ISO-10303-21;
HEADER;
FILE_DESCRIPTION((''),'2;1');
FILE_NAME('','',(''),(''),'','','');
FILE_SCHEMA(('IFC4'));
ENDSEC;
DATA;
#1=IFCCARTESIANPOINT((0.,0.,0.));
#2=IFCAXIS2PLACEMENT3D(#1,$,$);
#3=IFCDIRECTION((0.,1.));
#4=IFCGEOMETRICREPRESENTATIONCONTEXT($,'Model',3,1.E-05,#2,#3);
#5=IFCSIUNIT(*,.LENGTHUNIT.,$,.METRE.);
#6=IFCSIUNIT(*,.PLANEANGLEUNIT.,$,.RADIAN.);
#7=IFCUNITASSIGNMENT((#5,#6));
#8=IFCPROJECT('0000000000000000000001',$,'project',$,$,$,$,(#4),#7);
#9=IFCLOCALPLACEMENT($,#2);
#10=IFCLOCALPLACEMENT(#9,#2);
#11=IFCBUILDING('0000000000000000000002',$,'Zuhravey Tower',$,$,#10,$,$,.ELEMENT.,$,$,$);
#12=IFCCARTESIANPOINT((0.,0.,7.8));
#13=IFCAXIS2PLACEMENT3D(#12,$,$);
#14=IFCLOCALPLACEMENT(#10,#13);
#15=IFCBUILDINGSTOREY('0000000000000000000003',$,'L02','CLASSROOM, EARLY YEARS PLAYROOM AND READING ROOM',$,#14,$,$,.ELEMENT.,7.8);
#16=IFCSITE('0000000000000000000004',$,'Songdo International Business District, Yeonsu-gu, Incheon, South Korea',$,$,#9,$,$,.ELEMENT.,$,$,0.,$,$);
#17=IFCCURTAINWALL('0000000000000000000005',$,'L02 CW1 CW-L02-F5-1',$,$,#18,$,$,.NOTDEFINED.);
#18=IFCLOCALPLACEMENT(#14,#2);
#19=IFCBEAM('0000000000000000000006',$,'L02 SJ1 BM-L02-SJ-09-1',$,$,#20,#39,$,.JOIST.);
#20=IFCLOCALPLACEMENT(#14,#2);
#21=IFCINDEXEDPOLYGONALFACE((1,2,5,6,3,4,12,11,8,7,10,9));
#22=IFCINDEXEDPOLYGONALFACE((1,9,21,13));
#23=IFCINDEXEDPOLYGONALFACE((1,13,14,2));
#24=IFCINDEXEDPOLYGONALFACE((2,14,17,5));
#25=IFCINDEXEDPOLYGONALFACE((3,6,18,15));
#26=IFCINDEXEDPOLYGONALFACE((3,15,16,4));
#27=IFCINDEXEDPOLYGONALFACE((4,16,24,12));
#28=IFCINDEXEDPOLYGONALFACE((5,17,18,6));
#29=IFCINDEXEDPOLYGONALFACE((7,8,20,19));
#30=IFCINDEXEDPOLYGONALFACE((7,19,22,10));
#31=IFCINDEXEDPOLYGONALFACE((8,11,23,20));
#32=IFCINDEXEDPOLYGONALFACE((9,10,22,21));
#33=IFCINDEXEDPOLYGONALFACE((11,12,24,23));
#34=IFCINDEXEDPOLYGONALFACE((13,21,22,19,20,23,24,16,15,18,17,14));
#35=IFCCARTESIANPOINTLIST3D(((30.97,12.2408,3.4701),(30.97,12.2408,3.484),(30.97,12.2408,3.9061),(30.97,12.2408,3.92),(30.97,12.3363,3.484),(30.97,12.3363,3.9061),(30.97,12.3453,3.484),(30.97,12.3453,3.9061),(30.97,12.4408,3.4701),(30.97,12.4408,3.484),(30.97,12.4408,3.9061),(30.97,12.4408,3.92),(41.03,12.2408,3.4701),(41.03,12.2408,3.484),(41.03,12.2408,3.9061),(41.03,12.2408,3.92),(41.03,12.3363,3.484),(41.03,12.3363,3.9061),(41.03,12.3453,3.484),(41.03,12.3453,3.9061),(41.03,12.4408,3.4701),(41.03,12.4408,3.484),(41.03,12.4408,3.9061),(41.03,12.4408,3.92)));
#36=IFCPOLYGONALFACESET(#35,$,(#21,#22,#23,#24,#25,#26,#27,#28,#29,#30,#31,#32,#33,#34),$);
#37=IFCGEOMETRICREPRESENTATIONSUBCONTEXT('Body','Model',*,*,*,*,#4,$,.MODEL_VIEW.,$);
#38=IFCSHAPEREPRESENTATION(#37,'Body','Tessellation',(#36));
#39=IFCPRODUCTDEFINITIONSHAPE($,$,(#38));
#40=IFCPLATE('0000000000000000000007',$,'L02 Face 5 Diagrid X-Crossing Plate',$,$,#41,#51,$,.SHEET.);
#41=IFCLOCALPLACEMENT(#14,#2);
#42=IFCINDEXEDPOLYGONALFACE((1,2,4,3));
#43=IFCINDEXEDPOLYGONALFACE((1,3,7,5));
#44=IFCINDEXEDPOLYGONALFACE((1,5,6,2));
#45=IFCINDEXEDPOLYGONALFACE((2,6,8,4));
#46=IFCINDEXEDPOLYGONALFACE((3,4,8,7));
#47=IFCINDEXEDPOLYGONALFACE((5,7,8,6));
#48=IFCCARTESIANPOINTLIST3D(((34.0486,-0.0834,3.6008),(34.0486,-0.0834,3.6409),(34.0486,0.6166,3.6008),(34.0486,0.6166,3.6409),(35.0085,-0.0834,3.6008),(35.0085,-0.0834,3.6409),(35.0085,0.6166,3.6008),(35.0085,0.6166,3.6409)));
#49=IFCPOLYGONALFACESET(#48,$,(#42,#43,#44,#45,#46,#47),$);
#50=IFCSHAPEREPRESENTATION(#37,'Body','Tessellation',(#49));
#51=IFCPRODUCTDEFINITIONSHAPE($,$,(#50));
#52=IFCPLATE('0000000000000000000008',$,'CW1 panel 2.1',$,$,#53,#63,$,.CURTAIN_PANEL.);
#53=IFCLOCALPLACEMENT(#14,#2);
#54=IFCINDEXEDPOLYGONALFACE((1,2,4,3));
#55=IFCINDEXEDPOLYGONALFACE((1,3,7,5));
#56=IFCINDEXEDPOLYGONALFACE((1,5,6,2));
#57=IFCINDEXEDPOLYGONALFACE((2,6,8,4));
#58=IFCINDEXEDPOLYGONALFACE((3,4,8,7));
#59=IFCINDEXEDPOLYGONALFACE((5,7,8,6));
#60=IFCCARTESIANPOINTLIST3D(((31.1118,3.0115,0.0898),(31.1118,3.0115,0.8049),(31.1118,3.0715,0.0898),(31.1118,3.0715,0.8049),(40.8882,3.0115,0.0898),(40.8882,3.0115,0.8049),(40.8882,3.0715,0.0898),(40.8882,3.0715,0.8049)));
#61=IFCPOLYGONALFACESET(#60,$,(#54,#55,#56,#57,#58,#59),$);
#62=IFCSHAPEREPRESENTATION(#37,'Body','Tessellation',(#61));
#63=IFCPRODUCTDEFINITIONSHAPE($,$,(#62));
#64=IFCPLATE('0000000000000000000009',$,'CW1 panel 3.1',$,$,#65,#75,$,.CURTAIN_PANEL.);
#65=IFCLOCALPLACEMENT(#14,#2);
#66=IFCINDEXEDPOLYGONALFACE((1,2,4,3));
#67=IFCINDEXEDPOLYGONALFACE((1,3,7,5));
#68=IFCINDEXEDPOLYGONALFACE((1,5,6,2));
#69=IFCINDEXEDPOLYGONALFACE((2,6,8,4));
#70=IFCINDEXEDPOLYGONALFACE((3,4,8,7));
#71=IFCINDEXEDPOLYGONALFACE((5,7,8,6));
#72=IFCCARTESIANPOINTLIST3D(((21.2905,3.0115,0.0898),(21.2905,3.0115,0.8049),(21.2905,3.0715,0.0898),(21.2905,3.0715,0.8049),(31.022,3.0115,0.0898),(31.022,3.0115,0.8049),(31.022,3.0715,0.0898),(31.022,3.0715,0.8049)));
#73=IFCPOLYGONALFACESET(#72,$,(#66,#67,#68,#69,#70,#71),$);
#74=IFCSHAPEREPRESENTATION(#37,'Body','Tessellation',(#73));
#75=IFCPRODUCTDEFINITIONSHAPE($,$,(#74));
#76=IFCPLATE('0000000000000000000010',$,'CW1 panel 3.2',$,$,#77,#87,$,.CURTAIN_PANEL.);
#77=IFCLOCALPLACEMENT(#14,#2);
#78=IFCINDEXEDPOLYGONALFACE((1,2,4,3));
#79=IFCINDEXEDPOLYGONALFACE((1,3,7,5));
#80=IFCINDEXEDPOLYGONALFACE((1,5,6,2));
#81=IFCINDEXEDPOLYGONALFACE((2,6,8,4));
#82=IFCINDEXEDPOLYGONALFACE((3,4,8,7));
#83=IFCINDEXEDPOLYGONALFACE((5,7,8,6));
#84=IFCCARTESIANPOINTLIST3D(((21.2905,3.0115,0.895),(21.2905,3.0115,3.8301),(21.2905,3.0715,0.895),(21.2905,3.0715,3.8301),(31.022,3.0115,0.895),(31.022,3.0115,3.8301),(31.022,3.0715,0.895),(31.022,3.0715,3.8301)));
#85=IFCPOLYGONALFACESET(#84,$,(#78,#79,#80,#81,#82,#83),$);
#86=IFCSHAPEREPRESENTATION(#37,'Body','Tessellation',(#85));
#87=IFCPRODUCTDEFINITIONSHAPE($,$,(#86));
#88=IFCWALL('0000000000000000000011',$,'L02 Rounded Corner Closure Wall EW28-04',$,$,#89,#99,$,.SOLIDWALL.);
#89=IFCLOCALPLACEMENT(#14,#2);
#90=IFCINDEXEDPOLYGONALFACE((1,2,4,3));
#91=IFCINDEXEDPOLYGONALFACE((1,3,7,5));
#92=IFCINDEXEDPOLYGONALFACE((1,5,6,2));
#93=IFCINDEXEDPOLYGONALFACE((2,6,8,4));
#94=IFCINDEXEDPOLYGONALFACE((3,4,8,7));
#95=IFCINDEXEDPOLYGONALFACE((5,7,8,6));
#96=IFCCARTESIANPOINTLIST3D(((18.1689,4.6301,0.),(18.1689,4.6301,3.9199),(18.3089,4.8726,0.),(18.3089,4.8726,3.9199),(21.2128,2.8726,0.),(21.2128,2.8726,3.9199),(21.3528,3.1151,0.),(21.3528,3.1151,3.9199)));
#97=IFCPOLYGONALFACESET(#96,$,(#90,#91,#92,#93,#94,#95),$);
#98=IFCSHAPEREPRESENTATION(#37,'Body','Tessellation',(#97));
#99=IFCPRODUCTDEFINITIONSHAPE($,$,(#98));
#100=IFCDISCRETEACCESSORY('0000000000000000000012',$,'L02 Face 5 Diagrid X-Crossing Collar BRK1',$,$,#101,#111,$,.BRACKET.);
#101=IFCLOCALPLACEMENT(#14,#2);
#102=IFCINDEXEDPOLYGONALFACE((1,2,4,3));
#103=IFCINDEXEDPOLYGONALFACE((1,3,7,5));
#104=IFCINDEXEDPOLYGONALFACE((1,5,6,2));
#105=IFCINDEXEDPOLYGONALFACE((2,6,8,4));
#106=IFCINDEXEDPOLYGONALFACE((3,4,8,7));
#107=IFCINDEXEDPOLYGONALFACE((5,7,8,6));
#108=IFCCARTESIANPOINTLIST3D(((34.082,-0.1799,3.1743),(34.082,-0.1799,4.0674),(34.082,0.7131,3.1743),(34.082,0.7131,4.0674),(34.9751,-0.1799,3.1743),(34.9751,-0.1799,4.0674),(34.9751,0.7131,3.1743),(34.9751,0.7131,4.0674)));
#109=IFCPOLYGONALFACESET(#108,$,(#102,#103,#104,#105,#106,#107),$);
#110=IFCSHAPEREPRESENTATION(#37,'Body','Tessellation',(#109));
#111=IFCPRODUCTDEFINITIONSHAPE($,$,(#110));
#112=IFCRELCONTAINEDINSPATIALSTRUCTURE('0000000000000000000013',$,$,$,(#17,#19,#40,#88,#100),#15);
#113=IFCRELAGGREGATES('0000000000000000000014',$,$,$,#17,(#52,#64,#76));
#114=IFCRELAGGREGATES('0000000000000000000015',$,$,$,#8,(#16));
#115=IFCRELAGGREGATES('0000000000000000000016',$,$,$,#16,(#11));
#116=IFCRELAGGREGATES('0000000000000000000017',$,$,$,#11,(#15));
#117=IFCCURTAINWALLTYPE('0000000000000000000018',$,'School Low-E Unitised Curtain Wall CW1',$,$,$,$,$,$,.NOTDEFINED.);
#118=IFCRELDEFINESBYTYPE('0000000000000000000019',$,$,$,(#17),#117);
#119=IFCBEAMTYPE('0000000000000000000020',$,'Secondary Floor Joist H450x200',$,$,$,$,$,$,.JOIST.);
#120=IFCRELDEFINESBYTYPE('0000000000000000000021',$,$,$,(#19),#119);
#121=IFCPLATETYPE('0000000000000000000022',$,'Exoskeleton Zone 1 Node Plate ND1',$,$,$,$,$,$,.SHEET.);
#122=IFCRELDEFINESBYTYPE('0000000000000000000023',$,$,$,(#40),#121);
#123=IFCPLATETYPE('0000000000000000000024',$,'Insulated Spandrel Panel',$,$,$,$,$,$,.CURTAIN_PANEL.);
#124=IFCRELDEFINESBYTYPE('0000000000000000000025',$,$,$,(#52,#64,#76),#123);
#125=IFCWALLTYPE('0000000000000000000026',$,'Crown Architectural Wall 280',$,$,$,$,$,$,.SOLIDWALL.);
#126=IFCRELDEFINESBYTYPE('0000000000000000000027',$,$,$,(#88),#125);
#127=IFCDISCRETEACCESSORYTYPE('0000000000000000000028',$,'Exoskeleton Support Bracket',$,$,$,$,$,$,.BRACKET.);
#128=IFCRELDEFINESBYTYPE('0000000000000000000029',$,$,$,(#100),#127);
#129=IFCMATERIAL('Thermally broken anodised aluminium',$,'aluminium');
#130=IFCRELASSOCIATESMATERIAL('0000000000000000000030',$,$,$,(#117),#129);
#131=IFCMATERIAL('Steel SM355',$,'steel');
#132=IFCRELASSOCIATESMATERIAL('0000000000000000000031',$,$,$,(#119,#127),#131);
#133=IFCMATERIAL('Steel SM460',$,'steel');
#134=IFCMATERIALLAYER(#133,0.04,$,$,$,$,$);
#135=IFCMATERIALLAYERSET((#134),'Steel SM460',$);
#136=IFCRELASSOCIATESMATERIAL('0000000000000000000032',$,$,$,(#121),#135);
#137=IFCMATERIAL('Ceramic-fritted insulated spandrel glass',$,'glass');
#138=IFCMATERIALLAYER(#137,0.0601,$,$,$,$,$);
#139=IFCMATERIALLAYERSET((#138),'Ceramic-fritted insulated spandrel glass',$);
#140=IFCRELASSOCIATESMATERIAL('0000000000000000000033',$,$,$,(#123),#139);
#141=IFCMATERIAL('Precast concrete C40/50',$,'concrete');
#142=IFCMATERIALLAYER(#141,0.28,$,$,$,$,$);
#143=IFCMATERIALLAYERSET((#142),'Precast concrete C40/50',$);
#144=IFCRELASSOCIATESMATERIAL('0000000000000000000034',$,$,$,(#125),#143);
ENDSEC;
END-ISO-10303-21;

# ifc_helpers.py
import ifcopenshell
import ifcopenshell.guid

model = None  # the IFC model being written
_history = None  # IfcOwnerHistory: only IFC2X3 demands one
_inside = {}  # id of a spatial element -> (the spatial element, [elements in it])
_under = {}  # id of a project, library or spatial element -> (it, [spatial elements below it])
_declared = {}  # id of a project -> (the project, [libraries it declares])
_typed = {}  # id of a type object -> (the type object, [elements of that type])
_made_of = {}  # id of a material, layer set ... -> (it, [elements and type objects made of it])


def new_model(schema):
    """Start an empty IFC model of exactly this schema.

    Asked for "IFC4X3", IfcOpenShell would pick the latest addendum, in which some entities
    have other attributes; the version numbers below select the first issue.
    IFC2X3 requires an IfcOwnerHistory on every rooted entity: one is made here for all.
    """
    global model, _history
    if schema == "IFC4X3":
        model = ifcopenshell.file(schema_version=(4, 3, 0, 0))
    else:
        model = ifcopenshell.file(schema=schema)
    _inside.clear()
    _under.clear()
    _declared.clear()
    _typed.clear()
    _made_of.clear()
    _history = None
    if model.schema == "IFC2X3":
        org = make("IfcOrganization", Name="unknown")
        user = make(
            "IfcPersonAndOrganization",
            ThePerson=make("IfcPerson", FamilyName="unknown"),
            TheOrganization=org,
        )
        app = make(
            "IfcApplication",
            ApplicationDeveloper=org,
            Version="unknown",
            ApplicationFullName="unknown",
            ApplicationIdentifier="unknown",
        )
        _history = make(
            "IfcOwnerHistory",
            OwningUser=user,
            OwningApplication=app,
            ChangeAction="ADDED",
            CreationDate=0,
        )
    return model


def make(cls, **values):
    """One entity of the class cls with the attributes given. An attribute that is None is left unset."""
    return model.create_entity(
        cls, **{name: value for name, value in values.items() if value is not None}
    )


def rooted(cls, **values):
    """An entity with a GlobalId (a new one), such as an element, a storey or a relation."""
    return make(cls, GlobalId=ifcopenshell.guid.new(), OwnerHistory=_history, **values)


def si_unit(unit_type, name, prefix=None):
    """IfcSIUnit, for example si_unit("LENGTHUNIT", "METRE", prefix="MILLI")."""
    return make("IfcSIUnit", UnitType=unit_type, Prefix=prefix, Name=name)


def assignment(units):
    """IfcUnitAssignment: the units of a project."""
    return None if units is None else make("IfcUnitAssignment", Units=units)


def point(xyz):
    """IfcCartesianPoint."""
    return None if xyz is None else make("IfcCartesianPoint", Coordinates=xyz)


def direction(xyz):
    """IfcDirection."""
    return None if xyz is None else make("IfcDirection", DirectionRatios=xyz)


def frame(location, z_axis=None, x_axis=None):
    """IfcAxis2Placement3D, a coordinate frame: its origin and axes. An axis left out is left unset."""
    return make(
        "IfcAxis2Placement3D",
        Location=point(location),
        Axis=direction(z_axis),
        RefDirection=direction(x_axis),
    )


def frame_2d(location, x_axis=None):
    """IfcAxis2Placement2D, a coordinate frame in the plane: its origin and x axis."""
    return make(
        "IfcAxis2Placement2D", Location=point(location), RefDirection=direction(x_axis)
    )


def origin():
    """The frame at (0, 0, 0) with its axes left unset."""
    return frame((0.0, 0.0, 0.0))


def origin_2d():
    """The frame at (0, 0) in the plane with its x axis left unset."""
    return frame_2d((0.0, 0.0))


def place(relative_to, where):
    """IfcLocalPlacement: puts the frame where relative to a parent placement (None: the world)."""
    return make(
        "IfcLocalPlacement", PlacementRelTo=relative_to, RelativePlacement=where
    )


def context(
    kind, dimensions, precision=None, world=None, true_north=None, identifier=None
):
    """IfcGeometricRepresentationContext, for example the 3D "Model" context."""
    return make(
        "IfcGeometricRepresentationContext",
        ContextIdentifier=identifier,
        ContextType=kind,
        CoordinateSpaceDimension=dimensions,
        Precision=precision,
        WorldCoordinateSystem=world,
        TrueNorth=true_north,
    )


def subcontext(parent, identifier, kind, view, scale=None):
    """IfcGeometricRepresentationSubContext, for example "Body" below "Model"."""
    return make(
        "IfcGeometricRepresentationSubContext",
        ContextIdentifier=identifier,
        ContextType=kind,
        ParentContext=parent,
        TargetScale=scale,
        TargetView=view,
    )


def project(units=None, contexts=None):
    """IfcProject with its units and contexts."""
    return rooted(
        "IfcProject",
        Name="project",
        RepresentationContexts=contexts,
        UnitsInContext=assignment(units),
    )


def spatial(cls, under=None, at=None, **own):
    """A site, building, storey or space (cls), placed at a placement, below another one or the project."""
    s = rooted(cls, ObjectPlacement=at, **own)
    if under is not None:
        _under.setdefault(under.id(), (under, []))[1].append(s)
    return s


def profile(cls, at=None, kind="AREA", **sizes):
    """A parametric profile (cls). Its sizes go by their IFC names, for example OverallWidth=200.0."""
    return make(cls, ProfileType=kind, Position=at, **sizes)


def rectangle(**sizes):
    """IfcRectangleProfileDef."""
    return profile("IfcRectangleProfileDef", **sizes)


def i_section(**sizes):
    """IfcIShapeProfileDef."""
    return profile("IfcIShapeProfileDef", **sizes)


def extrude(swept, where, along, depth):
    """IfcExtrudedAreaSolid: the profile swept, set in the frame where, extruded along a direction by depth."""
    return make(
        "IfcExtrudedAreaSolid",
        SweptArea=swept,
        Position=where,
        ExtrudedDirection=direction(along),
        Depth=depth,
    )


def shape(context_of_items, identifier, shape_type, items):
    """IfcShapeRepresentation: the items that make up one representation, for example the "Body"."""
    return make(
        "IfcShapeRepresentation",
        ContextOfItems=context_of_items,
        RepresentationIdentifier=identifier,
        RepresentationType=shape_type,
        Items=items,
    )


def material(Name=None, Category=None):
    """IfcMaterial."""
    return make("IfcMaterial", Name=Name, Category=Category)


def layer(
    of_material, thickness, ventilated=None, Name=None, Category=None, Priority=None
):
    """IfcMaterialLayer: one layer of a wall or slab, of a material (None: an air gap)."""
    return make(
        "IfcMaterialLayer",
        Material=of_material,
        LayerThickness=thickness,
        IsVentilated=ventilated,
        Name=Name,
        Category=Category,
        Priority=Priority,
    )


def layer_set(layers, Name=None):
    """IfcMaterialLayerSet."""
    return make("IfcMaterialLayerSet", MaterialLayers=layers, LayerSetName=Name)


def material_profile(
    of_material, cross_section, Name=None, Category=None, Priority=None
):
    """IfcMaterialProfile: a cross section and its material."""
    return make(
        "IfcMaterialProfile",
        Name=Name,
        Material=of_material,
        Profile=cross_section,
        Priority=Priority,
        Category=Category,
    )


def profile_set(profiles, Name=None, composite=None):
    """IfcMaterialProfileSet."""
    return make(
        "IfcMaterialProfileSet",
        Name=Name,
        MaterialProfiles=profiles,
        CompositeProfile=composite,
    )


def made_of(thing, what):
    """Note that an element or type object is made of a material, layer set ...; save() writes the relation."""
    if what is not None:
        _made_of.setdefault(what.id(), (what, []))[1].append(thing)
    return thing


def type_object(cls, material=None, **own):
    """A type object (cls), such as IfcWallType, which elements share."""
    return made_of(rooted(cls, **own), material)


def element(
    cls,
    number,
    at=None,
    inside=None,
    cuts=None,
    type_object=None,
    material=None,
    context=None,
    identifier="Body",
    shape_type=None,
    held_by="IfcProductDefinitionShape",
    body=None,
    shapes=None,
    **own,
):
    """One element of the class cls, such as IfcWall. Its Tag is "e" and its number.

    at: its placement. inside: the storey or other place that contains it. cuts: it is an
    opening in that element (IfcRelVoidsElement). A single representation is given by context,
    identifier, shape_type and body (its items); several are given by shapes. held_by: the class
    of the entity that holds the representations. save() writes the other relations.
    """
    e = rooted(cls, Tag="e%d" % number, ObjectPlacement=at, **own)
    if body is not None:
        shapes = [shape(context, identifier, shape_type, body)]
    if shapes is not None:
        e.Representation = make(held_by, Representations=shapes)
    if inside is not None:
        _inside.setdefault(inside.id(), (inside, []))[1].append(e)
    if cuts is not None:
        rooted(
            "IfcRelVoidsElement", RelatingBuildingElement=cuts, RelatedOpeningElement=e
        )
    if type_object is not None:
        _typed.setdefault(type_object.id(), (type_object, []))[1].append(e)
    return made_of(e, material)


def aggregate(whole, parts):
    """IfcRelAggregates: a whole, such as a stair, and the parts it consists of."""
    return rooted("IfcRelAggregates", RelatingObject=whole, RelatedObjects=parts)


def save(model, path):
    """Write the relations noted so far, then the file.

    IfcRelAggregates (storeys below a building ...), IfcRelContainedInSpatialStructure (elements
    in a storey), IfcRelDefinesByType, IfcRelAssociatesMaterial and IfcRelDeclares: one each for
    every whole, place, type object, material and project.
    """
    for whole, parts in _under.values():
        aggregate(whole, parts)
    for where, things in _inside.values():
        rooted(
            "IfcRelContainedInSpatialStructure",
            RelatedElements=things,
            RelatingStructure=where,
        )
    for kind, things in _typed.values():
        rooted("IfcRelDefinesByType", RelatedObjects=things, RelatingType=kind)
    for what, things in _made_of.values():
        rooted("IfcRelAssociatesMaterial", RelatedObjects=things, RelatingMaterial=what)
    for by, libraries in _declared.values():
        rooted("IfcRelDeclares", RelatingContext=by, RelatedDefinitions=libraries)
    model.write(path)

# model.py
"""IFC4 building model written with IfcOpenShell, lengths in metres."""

from ifc_helpers import new_model, si_unit, direction, frame, frame_2d, origin, origin_2d, place, context, subcontext, project, spatial, rectangle, i_section, extrude, material, layer, layer_set, material_profile, profile_set, type_object, element, aggregate, save


model = new_model("IFC4")

# Units and contexts
model_context = context("Model", 3, precision=1e-05, world=origin(), true_north=direction((0.0, 1.0)))
body_context = subcontext(model_context, "Body", "Model", "MODEL_VIEW")
ifc_project = project(units=[si_unit("LENGTHUNIT", "METRE"), si_unit("PLANEANGLEUNIT", "RADIAN")], contexts=[model_context])

# Site, building, storey
site_placement = place(None, origin())
site = spatial("IfcSite", under=ifc_project, at=site_placement, Name="Songdo International Business District, Yeonsu-gu, Incheon, South Korea", CompositionType="ELEMENT", RefElevation=0.0)
building_placement = place(site_placement, origin())
building = spatial("IfcBuilding", under=site, at=building_placement, Name="Zuhravey Tower", CompositionType="ELEMENT")
storey_placement = place(building_placement, frame((0.0, 0.0, 7.8)))
storey = spatial("IfcBuildingStorey", under=building, at=storey_placement, Name="L02", Description="CLASSROOM, EARLY YEARS PLAYROOM AND READING ROOM", CompositionType="ELEMENT", Elevation=7.8)

# Curtain wall
ifc_material_1 = material(Name="Thermally broken anodised aluminium", Category="aluminium")
curtain_wall_type = type_object("IfcCurtainWallType", Name="School Low-E Unitised Curtain Wall CW1", PredefinedType="NOTDEFINED", material=ifc_material_1)
curtain_wall_1_placement = place(storey_placement, origin())
curtain_wall_1 = element("IfcCurtainWall", 1, at=curtain_wall_1_placement, inside=storey, type_object=curtain_wall_type, Name="L02 CW1 CW-L02-F5-1", PredefinedType="NOTDEFINED")

# Shared definitions
ifc_material_2 = material(Name="Steel SM355", Category="steel")
ifc_material_3 = material(Name="Steel SM460", Category="steel")

# Beam
ifc_material_profile_1 = material_profile(ifc_material_2, i_section(OverallWidth=0.2, OverallDepth=0.45, WebThickness=0.009, FlangeThickness=0.0139, at=origin_2d()), Name="H-450x200x9x14")
ifc_profile_set_1 = profile_set([ifc_material_profile_1], Name="Steel SM355")
beam_type_1 = type_object("IfcBeamType", Name="Secondary Floor Joist H450x200", PredefinedType="JOIST", material=ifc_profile_set_1)
beam_1_placement = place(storey_placement, frame((30.97, 12.3408, 3.6951), z_axis=(1.0, 0.0, 0.0), x_axis=(0.0, 1.0, 0.0)))
element("IfcBeam", 2, at=beam_1_placement, inside=storey, type_object=beam_type_1, Name="L02 SJ1 BM-L02-SJ-09-1", PredefinedType="JOIST", context=body_context, shape_type="SweptSolid", body=[
    extrude(i_section(OverallWidth=0.2, OverallDepth=0.45, WebThickness=0.009, FlangeThickness=0.0139, at=origin_2d()), origin(), (0.0, 0.0, 1.0), 10.0601),
])

# Plates
ifc_layer_1 = layer(ifc_material_3, 0.04)
ifc_layer_set_1 = layer_set([ifc_layer_1], Name="Steel SM460")
plate_type_1 = type_object("IfcPlateType", Name="Exoskeleton Zone 1 Node Plate ND1", PredefinedType="SHEET", material=ifc_layer_set_1)
plate_1_placement = place(storey_placement, frame((34.5286, 0.2666, 3.6008), z_axis=(0.0, 0.0, 1.0), x_axis=(1.0, 0.0, 0.0)))
element("IfcPlate", 3, at=plate_1_placement, inside=storey, type_object=plate_type_1, Name="L02 Face 5 Diagrid X-Crossing Plate", PredefinedType="SHEET", context=body_context, shape_type="SweptSolid", body=[
    extrude(rectangle(XDim=0.96, YDim=0.7, at=origin_2d()), origin(), (0.0, 0.0, 1.0), 0.04),
])
ifc_material_4 = material(Name="Ceramic-fritted insulated spandrel glass", Category="glass")
ifc_layer_2 = layer(ifc_material_4, 0.0601)
ifc_layer_set_2 = layer_set([ifc_layer_2], Name="Ceramic-fritted insulated spandrel glass")
plate_type_2 = type_object("IfcPlateType", Name="Insulated Spandrel Panel", PredefinedType="CURTAIN_PANEL", material=ifc_layer_set_2)
plate_2_placement = place(storey_placement, frame((36.0, 3.0415, 0.0898), z_axis=(0.0, 0.0, 1.0), x_axis=(-1.0, 0.0, 0.0)))
plate_2 = element("IfcPlate", 4, at=plate_2_placement, type_object=plate_type_2, Name="CW1 panel 2.1", PredefinedType="CURTAIN_PANEL", context=body_context, shape_type="SweptSolid", body=[
    extrude(rectangle(XDim=9.7764, YDim=0.0601, at=origin_2d()), origin(), (0.0, 0.0, 1.0), 0.7151),
])
plate_3_placement = place(storey_placement, frame((26.1562, 3.0415, 0.0898), z_axis=(0.0, 0.0, 1.0), x_axis=(-1.0, 0.0, 0.0)))
plate_3 = element("IfcPlate", 5, at=plate_3_placement, type_object=plate_type_2, Name="CW1 panel 3.1", PredefinedType="CURTAIN_PANEL", context=body_context, shape_type="SweptSolid", body=[
    extrude(rectangle(XDim=9.7314, YDim=0.0601, at=origin_2d()), origin(), (0.0, 0.0, 1.0), 0.7151),
])
plate_4_placement = place(storey_placement, frame((26.1562, 3.0415, 0.895), z_axis=(0.0, 0.0, 1.0), x_axis=(-1.0, 0.0, 0.0)))
plate_4 = element("IfcPlate", 6, at=plate_4_placement, type_object=plate_type_2, Name="CW1 panel 3.2", PredefinedType="CURTAIN_PANEL", context=body_context, shape_type="SweptSolid", body=[
    extrude(rectangle(XDim=9.7314, YDim=0.0601, at=origin_2d()), origin(), (0.0, 0.0, 1.0), 2.9351),
])
aggregate(curtain_wall_1, [plate_2, plate_3, plate_4])

# Wall
ifc_material_5 = material(Name="Precast concrete C40/50", Category="concrete")
ifc_layer_3 = layer(ifc_material_5, 0.28)
ifc_layer_set_3 = layer_set([ifc_layer_3], Name="Precast concrete C40/50")
wall_type = type_object("IfcWallType", Name="Crown Architectural Wall 280", PredefinedType="SOLIDWALL", material=ifc_layer_set_3)
wall_placement = place(storey_placement, frame((21.2827, 2.9939, 0.0), z_axis=(0.0, 0.0, 1.0), x_axis=(-0.866007, 0.500031, 0.0)))
element("IfcWall", 7, at=wall_placement, inside=storey, type_object=wall_type, Name="L02 Rounded Corner Closure Wall EW28-04", PredefinedType="SOLIDWALL", context=body_context, shape_type="SweptSolid", body=[
    extrude(rectangle(XDim=3.5149, YDim=0.28, at=frame_2d((1.7573, 0.0))), origin(), (0.0, 0.0, 1.0), 3.9199),
])

# Discrete accessory
discrete_accessory_type = type_object("IfcDiscreteAccessoryType", Name="Exoskeleton Support Bracket", PredefinedType="BRACKET", material=ifc_material_2)
discrete_accessory_placement = place(storey_placement, frame((34.5286, 0.2666, 3.1743), z_axis=(0.0, 0.0, 1.0), x_axis=(1.0, 0.0, 0.0)))
element("IfcDiscreteAccessory", 8, at=discrete_accessory_placement, inside=storey, type_object=discrete_accessory_type, Name="L02 Face 5 Diagrid X-Crossing Collar BRK1", PredefinedType="BRACKET", context=body_context, shape_type="SweptSolid", body=[
    extrude(rectangle(XDim=0.8931, YDim=0.8931, at=origin_2d()), origin(), (0.0, 0.0, 1.0), 0.8931),
])

save(model, "model.ifc")
